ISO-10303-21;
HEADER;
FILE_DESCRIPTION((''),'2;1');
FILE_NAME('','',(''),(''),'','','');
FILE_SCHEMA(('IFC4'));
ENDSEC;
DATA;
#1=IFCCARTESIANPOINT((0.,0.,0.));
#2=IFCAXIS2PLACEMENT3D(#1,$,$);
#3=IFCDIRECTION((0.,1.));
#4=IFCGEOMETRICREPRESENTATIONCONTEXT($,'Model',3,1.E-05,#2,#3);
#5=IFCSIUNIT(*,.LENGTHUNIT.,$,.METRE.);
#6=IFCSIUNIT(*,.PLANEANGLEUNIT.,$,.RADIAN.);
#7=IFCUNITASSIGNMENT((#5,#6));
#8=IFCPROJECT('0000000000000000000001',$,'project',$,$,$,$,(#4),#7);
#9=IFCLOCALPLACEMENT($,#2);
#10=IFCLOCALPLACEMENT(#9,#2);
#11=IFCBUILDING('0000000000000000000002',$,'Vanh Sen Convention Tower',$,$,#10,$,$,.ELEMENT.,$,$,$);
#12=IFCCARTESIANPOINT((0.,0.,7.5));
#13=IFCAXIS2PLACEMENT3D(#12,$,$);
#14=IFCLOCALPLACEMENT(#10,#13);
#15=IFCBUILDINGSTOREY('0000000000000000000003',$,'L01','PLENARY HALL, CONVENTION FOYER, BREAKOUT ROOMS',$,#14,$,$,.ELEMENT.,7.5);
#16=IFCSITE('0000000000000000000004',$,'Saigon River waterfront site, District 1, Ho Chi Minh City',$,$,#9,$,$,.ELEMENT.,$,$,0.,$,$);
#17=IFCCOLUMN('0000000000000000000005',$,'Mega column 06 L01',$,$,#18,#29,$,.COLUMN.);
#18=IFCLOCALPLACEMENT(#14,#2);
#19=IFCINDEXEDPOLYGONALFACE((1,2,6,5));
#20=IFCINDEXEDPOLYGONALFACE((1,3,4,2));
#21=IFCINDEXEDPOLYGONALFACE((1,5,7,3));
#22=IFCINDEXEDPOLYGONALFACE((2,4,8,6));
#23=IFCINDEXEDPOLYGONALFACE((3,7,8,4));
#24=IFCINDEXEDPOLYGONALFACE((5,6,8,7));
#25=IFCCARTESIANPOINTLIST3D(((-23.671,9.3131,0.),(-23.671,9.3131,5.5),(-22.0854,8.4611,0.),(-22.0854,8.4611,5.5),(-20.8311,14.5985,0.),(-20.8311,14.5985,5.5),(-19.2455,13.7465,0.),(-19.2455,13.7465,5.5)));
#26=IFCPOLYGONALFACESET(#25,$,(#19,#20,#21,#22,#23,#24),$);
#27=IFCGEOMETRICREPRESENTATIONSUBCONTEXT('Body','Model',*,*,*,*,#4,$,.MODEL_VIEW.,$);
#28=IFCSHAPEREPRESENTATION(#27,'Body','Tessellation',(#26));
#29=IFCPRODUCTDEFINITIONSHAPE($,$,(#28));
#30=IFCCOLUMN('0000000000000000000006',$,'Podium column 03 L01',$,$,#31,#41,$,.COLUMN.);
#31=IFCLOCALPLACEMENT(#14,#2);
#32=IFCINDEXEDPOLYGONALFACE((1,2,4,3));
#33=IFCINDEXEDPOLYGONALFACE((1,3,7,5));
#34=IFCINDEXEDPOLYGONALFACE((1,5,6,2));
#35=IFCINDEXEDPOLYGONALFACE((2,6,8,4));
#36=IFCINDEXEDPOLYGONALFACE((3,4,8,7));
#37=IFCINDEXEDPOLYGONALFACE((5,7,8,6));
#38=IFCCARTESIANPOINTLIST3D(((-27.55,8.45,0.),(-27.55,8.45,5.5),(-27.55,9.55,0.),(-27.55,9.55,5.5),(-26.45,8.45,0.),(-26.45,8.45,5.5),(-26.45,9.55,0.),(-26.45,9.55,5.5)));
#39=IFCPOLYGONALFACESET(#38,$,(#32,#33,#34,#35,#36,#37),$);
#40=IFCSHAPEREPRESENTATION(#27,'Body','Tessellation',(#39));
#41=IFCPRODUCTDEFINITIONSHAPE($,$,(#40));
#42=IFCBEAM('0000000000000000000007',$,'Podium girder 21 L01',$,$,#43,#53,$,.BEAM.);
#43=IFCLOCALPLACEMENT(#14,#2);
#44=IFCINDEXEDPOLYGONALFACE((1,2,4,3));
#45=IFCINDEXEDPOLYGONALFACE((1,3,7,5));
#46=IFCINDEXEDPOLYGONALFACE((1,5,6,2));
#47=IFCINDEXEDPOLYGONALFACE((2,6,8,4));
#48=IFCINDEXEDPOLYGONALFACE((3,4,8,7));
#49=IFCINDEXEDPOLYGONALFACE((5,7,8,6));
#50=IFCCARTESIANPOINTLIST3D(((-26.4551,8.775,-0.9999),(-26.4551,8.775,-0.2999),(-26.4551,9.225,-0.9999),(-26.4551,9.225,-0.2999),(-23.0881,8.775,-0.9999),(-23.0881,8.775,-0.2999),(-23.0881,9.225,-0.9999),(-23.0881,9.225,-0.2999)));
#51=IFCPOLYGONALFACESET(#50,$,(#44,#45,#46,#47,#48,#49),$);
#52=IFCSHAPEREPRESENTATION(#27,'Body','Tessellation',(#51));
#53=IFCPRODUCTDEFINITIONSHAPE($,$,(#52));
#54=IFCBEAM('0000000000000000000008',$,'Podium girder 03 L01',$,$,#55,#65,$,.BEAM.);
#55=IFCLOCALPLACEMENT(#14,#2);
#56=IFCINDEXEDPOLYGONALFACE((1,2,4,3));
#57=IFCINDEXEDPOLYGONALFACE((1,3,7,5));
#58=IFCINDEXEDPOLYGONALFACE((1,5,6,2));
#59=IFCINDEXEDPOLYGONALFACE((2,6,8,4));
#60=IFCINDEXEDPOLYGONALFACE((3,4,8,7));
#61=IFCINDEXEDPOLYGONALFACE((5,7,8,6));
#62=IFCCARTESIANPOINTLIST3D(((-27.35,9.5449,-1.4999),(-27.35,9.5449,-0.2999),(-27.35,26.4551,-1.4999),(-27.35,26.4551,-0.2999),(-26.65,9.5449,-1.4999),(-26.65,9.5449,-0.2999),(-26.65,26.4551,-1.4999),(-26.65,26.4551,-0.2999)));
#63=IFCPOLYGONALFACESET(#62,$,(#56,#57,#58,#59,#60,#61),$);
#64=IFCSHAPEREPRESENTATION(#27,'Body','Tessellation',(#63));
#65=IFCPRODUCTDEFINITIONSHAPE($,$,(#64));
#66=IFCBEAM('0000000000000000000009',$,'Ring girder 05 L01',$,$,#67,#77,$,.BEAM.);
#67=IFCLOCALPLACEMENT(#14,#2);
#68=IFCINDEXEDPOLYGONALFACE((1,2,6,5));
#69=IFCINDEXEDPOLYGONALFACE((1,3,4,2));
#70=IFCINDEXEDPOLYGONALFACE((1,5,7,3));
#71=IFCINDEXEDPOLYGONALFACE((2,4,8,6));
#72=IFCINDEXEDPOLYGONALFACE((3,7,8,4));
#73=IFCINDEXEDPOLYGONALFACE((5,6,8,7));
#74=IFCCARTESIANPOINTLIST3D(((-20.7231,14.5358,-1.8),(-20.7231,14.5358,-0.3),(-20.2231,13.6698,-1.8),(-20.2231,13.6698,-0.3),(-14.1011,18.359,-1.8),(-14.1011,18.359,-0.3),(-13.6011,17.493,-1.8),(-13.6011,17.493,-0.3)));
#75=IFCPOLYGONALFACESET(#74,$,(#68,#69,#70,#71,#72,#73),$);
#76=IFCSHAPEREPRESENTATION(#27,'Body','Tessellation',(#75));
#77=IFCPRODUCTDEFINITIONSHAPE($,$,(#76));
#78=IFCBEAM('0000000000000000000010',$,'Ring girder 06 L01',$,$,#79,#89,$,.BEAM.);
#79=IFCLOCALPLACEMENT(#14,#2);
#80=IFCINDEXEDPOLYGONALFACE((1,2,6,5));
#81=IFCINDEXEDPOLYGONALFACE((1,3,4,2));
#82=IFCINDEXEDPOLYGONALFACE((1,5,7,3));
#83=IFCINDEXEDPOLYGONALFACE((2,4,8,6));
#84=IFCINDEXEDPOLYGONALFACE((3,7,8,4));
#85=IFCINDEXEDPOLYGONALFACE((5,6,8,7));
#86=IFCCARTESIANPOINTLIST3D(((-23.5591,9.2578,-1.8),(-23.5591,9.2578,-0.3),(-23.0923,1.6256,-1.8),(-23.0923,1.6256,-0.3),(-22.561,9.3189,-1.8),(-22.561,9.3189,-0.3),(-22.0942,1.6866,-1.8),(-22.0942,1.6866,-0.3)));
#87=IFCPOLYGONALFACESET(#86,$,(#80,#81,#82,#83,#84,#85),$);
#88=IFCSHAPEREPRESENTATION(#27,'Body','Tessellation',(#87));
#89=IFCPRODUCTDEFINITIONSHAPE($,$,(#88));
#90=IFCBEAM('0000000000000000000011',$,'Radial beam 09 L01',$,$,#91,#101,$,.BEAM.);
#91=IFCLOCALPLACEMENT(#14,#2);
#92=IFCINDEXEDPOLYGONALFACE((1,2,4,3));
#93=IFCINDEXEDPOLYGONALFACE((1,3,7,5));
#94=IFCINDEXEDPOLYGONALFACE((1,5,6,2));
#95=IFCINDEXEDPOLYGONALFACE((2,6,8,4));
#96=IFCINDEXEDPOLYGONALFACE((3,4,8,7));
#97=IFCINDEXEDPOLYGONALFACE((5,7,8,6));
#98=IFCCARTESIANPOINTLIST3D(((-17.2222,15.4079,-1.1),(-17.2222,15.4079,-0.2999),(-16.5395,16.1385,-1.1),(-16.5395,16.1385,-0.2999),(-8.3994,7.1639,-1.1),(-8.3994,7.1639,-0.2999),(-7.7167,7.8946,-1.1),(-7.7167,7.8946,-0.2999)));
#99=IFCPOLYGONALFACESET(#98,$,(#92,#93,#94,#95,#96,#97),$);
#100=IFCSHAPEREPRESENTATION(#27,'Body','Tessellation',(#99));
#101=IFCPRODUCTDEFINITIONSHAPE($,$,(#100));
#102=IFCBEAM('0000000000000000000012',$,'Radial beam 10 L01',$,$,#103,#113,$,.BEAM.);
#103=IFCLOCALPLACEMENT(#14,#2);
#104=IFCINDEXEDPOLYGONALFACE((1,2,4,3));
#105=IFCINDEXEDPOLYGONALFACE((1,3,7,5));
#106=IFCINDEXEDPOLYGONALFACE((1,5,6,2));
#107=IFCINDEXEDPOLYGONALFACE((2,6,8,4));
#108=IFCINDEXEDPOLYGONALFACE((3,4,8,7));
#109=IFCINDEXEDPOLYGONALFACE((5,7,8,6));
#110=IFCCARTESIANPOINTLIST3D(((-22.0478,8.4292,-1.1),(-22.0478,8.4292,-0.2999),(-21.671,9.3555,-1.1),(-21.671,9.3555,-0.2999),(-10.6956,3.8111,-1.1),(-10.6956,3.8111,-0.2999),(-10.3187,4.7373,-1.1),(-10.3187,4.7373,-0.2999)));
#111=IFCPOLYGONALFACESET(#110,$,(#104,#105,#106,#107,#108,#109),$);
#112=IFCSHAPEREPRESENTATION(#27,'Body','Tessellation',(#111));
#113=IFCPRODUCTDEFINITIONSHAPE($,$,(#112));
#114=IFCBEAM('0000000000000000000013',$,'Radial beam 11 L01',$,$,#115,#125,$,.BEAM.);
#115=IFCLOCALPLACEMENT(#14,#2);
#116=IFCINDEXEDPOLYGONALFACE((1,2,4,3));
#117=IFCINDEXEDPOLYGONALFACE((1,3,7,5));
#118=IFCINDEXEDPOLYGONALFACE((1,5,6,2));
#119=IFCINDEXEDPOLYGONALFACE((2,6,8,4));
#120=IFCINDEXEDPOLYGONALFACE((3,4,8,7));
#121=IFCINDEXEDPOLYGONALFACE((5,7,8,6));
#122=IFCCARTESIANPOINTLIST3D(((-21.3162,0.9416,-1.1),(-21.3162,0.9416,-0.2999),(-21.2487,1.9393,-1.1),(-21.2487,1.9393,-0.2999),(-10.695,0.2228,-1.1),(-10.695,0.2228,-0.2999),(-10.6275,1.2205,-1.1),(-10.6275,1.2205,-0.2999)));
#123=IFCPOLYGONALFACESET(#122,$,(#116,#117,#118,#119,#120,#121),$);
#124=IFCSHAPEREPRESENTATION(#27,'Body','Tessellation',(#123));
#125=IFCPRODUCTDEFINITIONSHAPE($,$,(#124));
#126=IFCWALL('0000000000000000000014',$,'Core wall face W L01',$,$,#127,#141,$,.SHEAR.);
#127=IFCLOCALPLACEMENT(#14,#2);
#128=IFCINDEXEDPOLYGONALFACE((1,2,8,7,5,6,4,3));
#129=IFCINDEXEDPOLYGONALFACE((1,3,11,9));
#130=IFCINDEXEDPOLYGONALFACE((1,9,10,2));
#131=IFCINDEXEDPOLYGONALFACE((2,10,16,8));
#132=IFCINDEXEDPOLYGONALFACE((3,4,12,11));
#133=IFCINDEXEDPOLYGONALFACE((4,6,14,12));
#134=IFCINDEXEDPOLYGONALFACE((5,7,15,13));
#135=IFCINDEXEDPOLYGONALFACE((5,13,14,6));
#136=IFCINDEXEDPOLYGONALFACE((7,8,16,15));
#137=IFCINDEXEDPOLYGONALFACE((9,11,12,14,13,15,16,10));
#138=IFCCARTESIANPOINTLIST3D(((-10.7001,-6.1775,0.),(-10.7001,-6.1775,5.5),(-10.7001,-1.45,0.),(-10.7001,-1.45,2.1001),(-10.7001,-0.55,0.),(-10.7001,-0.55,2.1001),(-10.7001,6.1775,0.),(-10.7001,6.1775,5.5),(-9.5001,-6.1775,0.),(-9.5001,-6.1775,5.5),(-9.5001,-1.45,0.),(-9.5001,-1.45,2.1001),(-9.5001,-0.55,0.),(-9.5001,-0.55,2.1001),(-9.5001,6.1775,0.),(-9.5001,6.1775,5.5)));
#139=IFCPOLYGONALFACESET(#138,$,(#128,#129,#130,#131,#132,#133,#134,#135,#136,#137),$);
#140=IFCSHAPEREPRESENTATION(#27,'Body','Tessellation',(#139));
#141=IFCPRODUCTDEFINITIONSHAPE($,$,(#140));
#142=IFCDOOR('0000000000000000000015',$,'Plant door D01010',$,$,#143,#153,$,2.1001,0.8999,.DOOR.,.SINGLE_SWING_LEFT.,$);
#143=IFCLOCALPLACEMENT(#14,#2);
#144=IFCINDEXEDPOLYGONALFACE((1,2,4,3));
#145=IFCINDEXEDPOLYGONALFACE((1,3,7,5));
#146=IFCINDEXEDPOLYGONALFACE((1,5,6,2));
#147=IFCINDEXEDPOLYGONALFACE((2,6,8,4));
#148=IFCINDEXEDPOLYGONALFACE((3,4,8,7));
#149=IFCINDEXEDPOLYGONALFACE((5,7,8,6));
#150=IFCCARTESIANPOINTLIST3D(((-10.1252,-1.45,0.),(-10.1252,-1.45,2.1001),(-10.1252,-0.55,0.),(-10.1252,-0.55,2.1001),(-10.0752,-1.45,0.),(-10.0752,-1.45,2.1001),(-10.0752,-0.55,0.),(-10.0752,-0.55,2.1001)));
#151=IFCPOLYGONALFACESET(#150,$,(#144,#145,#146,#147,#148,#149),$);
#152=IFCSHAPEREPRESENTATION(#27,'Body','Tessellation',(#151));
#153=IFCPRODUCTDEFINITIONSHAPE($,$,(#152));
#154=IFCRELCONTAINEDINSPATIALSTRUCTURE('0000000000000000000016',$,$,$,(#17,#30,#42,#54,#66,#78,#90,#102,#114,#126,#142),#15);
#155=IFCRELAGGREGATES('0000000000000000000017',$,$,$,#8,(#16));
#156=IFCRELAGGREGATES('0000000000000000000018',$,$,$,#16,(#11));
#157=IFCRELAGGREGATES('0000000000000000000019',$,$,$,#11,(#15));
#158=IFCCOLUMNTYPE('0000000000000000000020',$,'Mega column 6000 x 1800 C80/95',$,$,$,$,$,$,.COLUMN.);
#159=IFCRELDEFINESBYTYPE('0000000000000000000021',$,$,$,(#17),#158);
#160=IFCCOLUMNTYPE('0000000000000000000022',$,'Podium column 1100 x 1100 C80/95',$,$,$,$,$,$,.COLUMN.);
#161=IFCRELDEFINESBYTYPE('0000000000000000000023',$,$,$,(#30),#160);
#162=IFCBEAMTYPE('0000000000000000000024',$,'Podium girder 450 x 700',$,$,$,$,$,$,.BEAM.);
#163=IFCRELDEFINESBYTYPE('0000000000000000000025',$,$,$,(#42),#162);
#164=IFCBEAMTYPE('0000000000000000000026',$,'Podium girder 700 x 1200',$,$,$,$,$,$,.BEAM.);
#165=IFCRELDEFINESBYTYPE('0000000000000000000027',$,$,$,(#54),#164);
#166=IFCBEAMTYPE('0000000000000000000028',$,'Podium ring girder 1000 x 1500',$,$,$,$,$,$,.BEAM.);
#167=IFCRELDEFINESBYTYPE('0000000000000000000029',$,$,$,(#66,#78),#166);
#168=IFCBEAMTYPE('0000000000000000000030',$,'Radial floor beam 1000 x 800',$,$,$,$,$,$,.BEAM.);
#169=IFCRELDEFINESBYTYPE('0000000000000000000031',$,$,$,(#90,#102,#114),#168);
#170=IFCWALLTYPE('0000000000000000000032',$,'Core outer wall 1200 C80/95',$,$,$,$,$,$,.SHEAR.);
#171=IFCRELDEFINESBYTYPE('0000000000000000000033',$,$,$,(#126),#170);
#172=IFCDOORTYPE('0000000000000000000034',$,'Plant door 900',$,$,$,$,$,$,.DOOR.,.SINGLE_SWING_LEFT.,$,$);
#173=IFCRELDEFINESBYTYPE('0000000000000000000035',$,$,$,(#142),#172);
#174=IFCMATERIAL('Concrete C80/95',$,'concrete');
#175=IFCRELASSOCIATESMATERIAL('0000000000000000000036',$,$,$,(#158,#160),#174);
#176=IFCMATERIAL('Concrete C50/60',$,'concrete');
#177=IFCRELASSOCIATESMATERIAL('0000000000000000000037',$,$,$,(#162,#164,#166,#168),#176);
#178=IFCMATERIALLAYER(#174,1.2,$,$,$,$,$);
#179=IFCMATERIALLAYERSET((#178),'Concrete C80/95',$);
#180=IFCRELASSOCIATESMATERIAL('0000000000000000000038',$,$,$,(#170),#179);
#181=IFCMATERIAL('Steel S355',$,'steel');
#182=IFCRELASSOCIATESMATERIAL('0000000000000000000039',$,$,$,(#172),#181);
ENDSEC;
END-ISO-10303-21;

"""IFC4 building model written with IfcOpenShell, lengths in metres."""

from ifc_helpers import new_model, si_unit, direction, frame, frame_2d, origin, origin_2d, place, context, subcontext, project, spatial, rectangle, extrude, material, layer, layer_set, material_profile, profile_set, type_object, element, fill, save


model = new_model("IFC4")

# Units and contexts
model_context = context("Model", 3, precision=1e-05, world=origin(), true_north=direction((0.0, 1.0)))
body_context = subcontext(model_context, "Body", "Model", "MODEL_VIEW")
ifc_project = project(units=[si_unit("LENGTHUNIT", "METRE"), si_unit("PLANEANGLEUNIT", "RADIAN")], contexts=[model_context])

# Site, building, storey
site_placement = place(None, origin())
site = spatial("IfcSite", under=ifc_project, at=site_placement, Name="Saigon River waterfront site, District 1, Ho Chi Minh City", CompositionType="ELEMENT", RefElevation=0.0)
building_placement = place(site_placement, origin())
building = spatial("IfcBuilding", under=site, at=building_placement, Name="Vanh Sen Convention Tower", CompositionType="ELEMENT")
storey_placement = place(building_placement, frame((0.0, 0.0, 7.5)))
storey = spatial("IfcBuildingStorey", under=building, at=storey_placement, Name="L01", Description="PLENARY HALL, CONVENTION FOYER, BREAKOUT ROOMS", CompositionType="ELEMENT", Elevation=7.5)

# Columns
ifc_material_1 = material(Name="Concrete C80/95", Category="concrete")
ifc_material_profile_1 = material_profile(ifc_material_1, rectangle(XDim=6.0, YDim=1.8, at=origin_2d()), Name="RC 6000X1800")
ifc_profile_set_1 = profile_set([ifc_material_profile_1], Name="Concrete C80/95")
column_type_1 = type_object("IfcColumnType", Name="Mega column 6000 x 1800 C80/95", PredefinedType="COLUMN", material=ifc_profile_set_1)
column_1_placement = place(storey_placement, frame((-21.4583, 11.5298, 0.0), z_axis=(0.0, 0.0, 1.0), x_axis=(-0.473317, -0.880892, 0.0)))
element("IfcColumn", 1, at=column_1_placement, inside=storey, type_object=column_type_1, Name="Mega column 06 L01", PredefinedType="COLUMN", context=body_context, shape_type="SweptSolid", body=[
    extrude(rectangle(XDim=6.0, YDim=1.8, at=origin_2d()), origin(), (0.0, 0.0, 1.0), 5.5),
])
ifc_material_profile_2 = material_profile(ifc_material_1, rectangle(XDim=1.1001, YDim=1.1001, at=origin_2d()), Name="RC 1100X1100")
ifc_profile_set_2 = profile_set([ifc_material_profile_2], Name="Concrete C80/95")
column_type_2 = type_object("IfcColumnType", Name="Podium column 1100 x 1100 C80/95", PredefinedType="COLUMN", material=ifc_profile_set_2)
column_2_placement = place(storey_placement, frame((-27.0, 9.0, 0.0), z_axis=(0.0, 0.0, 1.0), x_axis=(1.0, 0.0, 0.0)))
element("IfcColumn", 2, at=column_2_placement, inside=storey, type_object=column_type_2, Name="Podium column 03 L01", PredefinedType="COLUMN", context=body_context, shape_type="SweptSolid", body=[
    extrude(rectangle(XDim=1.1001, YDim=1.1001, at=origin_2d()), origin(), (0.0, 0.0, 1.0), 5.5),
])

# Beams
ifc_material_2 = material(Name="Concrete C50/60", Category="concrete")
ifc_material_profile_3 = material_profile(ifc_material_2, rectangle(XDim=0.45, YDim=0.7, at=origin_2d()), Name="RC 450X700")
ifc_profile_set_3 = profile_set([ifc_material_profile_3], Name="Concrete C50/60")
beam_type_1 = type_object("IfcBeamType", Name="Podium girder 450 x 700", PredefinedType="BEAM", material=ifc_profile_set_3)
beam_1_placement = place(storey_placement, frame((-26.4551, 9.0, -0.6499), z_axis=(1.0, 0.0, 0.0), x_axis=(0.0, 1.0, 0.0)))
element("IfcBeam", 3, at=beam_1_placement, inside=storey, type_object=beam_type_1, Name="Podium girder 21 L01", PredefinedType="BEAM", context=body_context, shape_type="SweptSolid", body=[
    extrude(rectangle(XDim=0.45, YDim=0.7, at=origin_2d()), origin(), (0.0, 0.0, 1.0), 3.3669),
])
ifc_material_profile_4 = material_profile(ifc_material_2, rectangle(XDim=0.7, YDim=1.2, at=origin_2d()), Name="RC 700X1200")
ifc_profile_set_4 = profile_set([ifc_material_profile_4], Name="Concrete C50/60")
beam_type_2 = type_object("IfcBeamType", Name="Podium girder 700 x 1200", PredefinedType="BEAM", material=ifc_profile_set_4)
beam_2_placement = place(storey_placement, frame((-27.0, 9.5449, -0.8999), z_axis=(0.0, 1.0, 0.0), x_axis=(-1.0, 0.0, 0.0)))
element("IfcBeam", 4, at=beam_2_placement, inside=storey, type_object=beam_type_2, Name="Podium girder 03 L01", PredefinedType="BEAM", context=body_context, shape_type="SweptSolid", body=[
    extrude(rectangle(XDim=0.7, YDim=1.2, at=origin_2d()), origin(), (0.0, 0.0, 1.0), 16.9102),
])
ifc_material_profile_5 = material_profile(ifc_material_2, rectangle(XDim=1.0, YDim=1.5, at=origin_2d()), Name="RC 1000X1500")
ifc_profile_set_5 = profile_set([ifc_material_profile_5], Name="Concrete C50/60")
beam_type_3 = type_object("IfcBeamType", Name="Podium ring girder 1000 x 1500", PredefinedType="BEAM", material=ifc_profile_set_5)
for number, where, z_axis, x_axis, name in (
    (5, (-13.8511, 17.926, -1.05), (-0.866026, -0.499999, 0.0), (0.499999, -0.866026, 0.0), "Ring girder 05 L01"),
    (6, (-23.0601, 9.2883, -1.05), (0.061046, -0.998135, 0.0), (0.998135, 0.061046, 0.0), "Ring girder 06 L01"),
):
    element("IfcBeam", number, at=place(storey_placement, frame(where, z_axis=z_axis, x_axis=x_axis)), inside=storey, type_object=beam_type_3, Name=name, PredefinedType="BEAM", context=body_context, shape_type="SweptSolid", body=[
        extrude(rectangle(XDim=1.0, YDim=1.5, at=origin_2d()), origin(), (0.0, 0.0, 1.0), 7.6465),
    ])
ifc_material_profile_6 = material_profile(ifc_material_2, rectangle(XDim=1.0, YDim=0.8, at=origin_2d()), Name="RC 1000X800")
ifc_profile_set_6 = profile_set([ifc_material_profile_6], Name="Concrete C50/60")
beam_type_4 = type_object("IfcBeamType", Name="Radial floor beam 1000 x 800", PredefinedType="BEAM", material=ifc_profile_set_6)
beam_3_placement = place(storey_placement, frame((-16.8809, 15.7732, -0.7), z_axis=(0.73067, -0.682731, 0.0), x_axis=(0.682731, 0.73067, 0.0)))
element("IfcBeam", 7, at=beam_3_placement, inside=storey, type_object=beam_type_4, Name="Radial beam 09 L01", PredefinedType="BEAM", context=body_context, shape_type="SweptSolid", body=[
    extrude(rectangle(XDim=1.0, YDim=0.8, at=origin_2d()), origin(), (0.0, 0.0, 1.0), 12.075),
])
beam_4_placement = place(storey_placement, frame((-21.8594, 8.8923, -0.7), z_axis=(0.926287, -0.376818, 0.0), x_axis=(0.376818, 0.926287, 0.0)))
element("IfcBeam", 8, at=beam_4_placement, inside=storey, type_object=beam_type_4, Name="Radial beam 10 L01", PredefinedType="BEAM", context=body_context, shape_type="SweptSolid", body=[
    extrude(rectangle(XDim=1.0, YDim=0.8, at=origin_2d()), origin(), (0.0, 0.0, 1.0), 12.2556),
])
beam_5_placement = place(storey_placement, frame((-21.2825, 1.4404, -0.7), z_axis=(0.997718, -0.067516, 0.0), x_axis=(0.067516, 0.997718, 0.0)))
element("IfcBeam", 9, at=beam_5_placement, inside=storey, type_object=beam_type_4, Name="Radial beam 11 L01", PredefinedType="BEAM", context=body_context, shape_type="SweptSolid", body=[
    extrude(rectangle(XDim=1.0, YDim=0.8, at=origin_2d()), origin(), (0.0, 0.0, 1.0), 10.6455),
])

# Wall, opening, door
ifc_layer_1 = layer(ifc_material_1, 1.2)
ifc_layer_set_1 = layer_set([ifc_layer_1], Name="Concrete C80/95")
wall_type_1 = type_object("IfcWallType", Name="Core outer wall 1200 C80/95", PredefinedType="SHEAR", material=ifc_layer_set_1)
wall_1_placement = place(storey_placement, frame((-10.1001, 6.1775, 0.0), z_axis=(0.0, 0.0, 1.0), x_axis=(0.0, -1.0, 0.0)))
wall_1 = element("IfcWall", 10, at=wall_1_placement, inside=storey, type_object=wall_type_1, Name="Core wall face W L01", PredefinedType="SHEAR", context=body_context, shape_type="SweptSolid", body=[
    extrude(rectangle(XDim=12.355, YDim=1.2, at=frame_2d((6.1775, 0.0))), origin(), (0.0, 0.0, 1.0), 5.5),
])
opening_1_placement = place(wall_1_placement, frame((6.7275, 0.0, 0.0)))
opening_1 = element("IfcOpeningElement", 11, at=opening_1_placement, cuts=wall_1, PredefinedType="OPENING", context=body_context, shape_type="SweptSolid", body=[
    extrude(rectangle(XDim=0.8999, YDim=2.1001, at=frame_2d((0.45, 1.05))), frame((0.0, 0.6099, 0.0), z_axis=(0.0, -1.0, 0.0), x_axis=(1.0, 0.0, 0.0)), (0.0, 0.0, 1.0), 1.22),
])
ifc_material_3 = material(Name="Steel S355", Category="steel")
door_type_1 = type_object("IfcDoorType", Name="Plant door 900", OperationType="SINGLE_SWING_LEFT", PredefinedType="DOOR", material=ifc_material_3)
door_1_placement = place(opening_1_placement, origin())
door_1 = element("IfcDoor", 12, at=door_1_placement, inside=storey, type_object=door_type_1, Name="Plant door D01010", OperationType="SINGLE_SWING_LEFT", OverallHeight=2.1001, OverallWidth=0.8999, PredefinedType="DOOR", context=body_context, shape_type="SweptSolid", body=[
    extrude(rectangle(XDim=0.8999, YDim=2.1001, at=frame_2d((0.45, 1.05))), frame((0.0, 0.0249, 0.0), z_axis=(0.0, -1.0, 0.0), x_axis=(1.0, 0.0, 0.0)), (0.0, 0.0, 1.0), 0.05),
])
fill(opening_1, door_1)

save(model, "model.ifc")
